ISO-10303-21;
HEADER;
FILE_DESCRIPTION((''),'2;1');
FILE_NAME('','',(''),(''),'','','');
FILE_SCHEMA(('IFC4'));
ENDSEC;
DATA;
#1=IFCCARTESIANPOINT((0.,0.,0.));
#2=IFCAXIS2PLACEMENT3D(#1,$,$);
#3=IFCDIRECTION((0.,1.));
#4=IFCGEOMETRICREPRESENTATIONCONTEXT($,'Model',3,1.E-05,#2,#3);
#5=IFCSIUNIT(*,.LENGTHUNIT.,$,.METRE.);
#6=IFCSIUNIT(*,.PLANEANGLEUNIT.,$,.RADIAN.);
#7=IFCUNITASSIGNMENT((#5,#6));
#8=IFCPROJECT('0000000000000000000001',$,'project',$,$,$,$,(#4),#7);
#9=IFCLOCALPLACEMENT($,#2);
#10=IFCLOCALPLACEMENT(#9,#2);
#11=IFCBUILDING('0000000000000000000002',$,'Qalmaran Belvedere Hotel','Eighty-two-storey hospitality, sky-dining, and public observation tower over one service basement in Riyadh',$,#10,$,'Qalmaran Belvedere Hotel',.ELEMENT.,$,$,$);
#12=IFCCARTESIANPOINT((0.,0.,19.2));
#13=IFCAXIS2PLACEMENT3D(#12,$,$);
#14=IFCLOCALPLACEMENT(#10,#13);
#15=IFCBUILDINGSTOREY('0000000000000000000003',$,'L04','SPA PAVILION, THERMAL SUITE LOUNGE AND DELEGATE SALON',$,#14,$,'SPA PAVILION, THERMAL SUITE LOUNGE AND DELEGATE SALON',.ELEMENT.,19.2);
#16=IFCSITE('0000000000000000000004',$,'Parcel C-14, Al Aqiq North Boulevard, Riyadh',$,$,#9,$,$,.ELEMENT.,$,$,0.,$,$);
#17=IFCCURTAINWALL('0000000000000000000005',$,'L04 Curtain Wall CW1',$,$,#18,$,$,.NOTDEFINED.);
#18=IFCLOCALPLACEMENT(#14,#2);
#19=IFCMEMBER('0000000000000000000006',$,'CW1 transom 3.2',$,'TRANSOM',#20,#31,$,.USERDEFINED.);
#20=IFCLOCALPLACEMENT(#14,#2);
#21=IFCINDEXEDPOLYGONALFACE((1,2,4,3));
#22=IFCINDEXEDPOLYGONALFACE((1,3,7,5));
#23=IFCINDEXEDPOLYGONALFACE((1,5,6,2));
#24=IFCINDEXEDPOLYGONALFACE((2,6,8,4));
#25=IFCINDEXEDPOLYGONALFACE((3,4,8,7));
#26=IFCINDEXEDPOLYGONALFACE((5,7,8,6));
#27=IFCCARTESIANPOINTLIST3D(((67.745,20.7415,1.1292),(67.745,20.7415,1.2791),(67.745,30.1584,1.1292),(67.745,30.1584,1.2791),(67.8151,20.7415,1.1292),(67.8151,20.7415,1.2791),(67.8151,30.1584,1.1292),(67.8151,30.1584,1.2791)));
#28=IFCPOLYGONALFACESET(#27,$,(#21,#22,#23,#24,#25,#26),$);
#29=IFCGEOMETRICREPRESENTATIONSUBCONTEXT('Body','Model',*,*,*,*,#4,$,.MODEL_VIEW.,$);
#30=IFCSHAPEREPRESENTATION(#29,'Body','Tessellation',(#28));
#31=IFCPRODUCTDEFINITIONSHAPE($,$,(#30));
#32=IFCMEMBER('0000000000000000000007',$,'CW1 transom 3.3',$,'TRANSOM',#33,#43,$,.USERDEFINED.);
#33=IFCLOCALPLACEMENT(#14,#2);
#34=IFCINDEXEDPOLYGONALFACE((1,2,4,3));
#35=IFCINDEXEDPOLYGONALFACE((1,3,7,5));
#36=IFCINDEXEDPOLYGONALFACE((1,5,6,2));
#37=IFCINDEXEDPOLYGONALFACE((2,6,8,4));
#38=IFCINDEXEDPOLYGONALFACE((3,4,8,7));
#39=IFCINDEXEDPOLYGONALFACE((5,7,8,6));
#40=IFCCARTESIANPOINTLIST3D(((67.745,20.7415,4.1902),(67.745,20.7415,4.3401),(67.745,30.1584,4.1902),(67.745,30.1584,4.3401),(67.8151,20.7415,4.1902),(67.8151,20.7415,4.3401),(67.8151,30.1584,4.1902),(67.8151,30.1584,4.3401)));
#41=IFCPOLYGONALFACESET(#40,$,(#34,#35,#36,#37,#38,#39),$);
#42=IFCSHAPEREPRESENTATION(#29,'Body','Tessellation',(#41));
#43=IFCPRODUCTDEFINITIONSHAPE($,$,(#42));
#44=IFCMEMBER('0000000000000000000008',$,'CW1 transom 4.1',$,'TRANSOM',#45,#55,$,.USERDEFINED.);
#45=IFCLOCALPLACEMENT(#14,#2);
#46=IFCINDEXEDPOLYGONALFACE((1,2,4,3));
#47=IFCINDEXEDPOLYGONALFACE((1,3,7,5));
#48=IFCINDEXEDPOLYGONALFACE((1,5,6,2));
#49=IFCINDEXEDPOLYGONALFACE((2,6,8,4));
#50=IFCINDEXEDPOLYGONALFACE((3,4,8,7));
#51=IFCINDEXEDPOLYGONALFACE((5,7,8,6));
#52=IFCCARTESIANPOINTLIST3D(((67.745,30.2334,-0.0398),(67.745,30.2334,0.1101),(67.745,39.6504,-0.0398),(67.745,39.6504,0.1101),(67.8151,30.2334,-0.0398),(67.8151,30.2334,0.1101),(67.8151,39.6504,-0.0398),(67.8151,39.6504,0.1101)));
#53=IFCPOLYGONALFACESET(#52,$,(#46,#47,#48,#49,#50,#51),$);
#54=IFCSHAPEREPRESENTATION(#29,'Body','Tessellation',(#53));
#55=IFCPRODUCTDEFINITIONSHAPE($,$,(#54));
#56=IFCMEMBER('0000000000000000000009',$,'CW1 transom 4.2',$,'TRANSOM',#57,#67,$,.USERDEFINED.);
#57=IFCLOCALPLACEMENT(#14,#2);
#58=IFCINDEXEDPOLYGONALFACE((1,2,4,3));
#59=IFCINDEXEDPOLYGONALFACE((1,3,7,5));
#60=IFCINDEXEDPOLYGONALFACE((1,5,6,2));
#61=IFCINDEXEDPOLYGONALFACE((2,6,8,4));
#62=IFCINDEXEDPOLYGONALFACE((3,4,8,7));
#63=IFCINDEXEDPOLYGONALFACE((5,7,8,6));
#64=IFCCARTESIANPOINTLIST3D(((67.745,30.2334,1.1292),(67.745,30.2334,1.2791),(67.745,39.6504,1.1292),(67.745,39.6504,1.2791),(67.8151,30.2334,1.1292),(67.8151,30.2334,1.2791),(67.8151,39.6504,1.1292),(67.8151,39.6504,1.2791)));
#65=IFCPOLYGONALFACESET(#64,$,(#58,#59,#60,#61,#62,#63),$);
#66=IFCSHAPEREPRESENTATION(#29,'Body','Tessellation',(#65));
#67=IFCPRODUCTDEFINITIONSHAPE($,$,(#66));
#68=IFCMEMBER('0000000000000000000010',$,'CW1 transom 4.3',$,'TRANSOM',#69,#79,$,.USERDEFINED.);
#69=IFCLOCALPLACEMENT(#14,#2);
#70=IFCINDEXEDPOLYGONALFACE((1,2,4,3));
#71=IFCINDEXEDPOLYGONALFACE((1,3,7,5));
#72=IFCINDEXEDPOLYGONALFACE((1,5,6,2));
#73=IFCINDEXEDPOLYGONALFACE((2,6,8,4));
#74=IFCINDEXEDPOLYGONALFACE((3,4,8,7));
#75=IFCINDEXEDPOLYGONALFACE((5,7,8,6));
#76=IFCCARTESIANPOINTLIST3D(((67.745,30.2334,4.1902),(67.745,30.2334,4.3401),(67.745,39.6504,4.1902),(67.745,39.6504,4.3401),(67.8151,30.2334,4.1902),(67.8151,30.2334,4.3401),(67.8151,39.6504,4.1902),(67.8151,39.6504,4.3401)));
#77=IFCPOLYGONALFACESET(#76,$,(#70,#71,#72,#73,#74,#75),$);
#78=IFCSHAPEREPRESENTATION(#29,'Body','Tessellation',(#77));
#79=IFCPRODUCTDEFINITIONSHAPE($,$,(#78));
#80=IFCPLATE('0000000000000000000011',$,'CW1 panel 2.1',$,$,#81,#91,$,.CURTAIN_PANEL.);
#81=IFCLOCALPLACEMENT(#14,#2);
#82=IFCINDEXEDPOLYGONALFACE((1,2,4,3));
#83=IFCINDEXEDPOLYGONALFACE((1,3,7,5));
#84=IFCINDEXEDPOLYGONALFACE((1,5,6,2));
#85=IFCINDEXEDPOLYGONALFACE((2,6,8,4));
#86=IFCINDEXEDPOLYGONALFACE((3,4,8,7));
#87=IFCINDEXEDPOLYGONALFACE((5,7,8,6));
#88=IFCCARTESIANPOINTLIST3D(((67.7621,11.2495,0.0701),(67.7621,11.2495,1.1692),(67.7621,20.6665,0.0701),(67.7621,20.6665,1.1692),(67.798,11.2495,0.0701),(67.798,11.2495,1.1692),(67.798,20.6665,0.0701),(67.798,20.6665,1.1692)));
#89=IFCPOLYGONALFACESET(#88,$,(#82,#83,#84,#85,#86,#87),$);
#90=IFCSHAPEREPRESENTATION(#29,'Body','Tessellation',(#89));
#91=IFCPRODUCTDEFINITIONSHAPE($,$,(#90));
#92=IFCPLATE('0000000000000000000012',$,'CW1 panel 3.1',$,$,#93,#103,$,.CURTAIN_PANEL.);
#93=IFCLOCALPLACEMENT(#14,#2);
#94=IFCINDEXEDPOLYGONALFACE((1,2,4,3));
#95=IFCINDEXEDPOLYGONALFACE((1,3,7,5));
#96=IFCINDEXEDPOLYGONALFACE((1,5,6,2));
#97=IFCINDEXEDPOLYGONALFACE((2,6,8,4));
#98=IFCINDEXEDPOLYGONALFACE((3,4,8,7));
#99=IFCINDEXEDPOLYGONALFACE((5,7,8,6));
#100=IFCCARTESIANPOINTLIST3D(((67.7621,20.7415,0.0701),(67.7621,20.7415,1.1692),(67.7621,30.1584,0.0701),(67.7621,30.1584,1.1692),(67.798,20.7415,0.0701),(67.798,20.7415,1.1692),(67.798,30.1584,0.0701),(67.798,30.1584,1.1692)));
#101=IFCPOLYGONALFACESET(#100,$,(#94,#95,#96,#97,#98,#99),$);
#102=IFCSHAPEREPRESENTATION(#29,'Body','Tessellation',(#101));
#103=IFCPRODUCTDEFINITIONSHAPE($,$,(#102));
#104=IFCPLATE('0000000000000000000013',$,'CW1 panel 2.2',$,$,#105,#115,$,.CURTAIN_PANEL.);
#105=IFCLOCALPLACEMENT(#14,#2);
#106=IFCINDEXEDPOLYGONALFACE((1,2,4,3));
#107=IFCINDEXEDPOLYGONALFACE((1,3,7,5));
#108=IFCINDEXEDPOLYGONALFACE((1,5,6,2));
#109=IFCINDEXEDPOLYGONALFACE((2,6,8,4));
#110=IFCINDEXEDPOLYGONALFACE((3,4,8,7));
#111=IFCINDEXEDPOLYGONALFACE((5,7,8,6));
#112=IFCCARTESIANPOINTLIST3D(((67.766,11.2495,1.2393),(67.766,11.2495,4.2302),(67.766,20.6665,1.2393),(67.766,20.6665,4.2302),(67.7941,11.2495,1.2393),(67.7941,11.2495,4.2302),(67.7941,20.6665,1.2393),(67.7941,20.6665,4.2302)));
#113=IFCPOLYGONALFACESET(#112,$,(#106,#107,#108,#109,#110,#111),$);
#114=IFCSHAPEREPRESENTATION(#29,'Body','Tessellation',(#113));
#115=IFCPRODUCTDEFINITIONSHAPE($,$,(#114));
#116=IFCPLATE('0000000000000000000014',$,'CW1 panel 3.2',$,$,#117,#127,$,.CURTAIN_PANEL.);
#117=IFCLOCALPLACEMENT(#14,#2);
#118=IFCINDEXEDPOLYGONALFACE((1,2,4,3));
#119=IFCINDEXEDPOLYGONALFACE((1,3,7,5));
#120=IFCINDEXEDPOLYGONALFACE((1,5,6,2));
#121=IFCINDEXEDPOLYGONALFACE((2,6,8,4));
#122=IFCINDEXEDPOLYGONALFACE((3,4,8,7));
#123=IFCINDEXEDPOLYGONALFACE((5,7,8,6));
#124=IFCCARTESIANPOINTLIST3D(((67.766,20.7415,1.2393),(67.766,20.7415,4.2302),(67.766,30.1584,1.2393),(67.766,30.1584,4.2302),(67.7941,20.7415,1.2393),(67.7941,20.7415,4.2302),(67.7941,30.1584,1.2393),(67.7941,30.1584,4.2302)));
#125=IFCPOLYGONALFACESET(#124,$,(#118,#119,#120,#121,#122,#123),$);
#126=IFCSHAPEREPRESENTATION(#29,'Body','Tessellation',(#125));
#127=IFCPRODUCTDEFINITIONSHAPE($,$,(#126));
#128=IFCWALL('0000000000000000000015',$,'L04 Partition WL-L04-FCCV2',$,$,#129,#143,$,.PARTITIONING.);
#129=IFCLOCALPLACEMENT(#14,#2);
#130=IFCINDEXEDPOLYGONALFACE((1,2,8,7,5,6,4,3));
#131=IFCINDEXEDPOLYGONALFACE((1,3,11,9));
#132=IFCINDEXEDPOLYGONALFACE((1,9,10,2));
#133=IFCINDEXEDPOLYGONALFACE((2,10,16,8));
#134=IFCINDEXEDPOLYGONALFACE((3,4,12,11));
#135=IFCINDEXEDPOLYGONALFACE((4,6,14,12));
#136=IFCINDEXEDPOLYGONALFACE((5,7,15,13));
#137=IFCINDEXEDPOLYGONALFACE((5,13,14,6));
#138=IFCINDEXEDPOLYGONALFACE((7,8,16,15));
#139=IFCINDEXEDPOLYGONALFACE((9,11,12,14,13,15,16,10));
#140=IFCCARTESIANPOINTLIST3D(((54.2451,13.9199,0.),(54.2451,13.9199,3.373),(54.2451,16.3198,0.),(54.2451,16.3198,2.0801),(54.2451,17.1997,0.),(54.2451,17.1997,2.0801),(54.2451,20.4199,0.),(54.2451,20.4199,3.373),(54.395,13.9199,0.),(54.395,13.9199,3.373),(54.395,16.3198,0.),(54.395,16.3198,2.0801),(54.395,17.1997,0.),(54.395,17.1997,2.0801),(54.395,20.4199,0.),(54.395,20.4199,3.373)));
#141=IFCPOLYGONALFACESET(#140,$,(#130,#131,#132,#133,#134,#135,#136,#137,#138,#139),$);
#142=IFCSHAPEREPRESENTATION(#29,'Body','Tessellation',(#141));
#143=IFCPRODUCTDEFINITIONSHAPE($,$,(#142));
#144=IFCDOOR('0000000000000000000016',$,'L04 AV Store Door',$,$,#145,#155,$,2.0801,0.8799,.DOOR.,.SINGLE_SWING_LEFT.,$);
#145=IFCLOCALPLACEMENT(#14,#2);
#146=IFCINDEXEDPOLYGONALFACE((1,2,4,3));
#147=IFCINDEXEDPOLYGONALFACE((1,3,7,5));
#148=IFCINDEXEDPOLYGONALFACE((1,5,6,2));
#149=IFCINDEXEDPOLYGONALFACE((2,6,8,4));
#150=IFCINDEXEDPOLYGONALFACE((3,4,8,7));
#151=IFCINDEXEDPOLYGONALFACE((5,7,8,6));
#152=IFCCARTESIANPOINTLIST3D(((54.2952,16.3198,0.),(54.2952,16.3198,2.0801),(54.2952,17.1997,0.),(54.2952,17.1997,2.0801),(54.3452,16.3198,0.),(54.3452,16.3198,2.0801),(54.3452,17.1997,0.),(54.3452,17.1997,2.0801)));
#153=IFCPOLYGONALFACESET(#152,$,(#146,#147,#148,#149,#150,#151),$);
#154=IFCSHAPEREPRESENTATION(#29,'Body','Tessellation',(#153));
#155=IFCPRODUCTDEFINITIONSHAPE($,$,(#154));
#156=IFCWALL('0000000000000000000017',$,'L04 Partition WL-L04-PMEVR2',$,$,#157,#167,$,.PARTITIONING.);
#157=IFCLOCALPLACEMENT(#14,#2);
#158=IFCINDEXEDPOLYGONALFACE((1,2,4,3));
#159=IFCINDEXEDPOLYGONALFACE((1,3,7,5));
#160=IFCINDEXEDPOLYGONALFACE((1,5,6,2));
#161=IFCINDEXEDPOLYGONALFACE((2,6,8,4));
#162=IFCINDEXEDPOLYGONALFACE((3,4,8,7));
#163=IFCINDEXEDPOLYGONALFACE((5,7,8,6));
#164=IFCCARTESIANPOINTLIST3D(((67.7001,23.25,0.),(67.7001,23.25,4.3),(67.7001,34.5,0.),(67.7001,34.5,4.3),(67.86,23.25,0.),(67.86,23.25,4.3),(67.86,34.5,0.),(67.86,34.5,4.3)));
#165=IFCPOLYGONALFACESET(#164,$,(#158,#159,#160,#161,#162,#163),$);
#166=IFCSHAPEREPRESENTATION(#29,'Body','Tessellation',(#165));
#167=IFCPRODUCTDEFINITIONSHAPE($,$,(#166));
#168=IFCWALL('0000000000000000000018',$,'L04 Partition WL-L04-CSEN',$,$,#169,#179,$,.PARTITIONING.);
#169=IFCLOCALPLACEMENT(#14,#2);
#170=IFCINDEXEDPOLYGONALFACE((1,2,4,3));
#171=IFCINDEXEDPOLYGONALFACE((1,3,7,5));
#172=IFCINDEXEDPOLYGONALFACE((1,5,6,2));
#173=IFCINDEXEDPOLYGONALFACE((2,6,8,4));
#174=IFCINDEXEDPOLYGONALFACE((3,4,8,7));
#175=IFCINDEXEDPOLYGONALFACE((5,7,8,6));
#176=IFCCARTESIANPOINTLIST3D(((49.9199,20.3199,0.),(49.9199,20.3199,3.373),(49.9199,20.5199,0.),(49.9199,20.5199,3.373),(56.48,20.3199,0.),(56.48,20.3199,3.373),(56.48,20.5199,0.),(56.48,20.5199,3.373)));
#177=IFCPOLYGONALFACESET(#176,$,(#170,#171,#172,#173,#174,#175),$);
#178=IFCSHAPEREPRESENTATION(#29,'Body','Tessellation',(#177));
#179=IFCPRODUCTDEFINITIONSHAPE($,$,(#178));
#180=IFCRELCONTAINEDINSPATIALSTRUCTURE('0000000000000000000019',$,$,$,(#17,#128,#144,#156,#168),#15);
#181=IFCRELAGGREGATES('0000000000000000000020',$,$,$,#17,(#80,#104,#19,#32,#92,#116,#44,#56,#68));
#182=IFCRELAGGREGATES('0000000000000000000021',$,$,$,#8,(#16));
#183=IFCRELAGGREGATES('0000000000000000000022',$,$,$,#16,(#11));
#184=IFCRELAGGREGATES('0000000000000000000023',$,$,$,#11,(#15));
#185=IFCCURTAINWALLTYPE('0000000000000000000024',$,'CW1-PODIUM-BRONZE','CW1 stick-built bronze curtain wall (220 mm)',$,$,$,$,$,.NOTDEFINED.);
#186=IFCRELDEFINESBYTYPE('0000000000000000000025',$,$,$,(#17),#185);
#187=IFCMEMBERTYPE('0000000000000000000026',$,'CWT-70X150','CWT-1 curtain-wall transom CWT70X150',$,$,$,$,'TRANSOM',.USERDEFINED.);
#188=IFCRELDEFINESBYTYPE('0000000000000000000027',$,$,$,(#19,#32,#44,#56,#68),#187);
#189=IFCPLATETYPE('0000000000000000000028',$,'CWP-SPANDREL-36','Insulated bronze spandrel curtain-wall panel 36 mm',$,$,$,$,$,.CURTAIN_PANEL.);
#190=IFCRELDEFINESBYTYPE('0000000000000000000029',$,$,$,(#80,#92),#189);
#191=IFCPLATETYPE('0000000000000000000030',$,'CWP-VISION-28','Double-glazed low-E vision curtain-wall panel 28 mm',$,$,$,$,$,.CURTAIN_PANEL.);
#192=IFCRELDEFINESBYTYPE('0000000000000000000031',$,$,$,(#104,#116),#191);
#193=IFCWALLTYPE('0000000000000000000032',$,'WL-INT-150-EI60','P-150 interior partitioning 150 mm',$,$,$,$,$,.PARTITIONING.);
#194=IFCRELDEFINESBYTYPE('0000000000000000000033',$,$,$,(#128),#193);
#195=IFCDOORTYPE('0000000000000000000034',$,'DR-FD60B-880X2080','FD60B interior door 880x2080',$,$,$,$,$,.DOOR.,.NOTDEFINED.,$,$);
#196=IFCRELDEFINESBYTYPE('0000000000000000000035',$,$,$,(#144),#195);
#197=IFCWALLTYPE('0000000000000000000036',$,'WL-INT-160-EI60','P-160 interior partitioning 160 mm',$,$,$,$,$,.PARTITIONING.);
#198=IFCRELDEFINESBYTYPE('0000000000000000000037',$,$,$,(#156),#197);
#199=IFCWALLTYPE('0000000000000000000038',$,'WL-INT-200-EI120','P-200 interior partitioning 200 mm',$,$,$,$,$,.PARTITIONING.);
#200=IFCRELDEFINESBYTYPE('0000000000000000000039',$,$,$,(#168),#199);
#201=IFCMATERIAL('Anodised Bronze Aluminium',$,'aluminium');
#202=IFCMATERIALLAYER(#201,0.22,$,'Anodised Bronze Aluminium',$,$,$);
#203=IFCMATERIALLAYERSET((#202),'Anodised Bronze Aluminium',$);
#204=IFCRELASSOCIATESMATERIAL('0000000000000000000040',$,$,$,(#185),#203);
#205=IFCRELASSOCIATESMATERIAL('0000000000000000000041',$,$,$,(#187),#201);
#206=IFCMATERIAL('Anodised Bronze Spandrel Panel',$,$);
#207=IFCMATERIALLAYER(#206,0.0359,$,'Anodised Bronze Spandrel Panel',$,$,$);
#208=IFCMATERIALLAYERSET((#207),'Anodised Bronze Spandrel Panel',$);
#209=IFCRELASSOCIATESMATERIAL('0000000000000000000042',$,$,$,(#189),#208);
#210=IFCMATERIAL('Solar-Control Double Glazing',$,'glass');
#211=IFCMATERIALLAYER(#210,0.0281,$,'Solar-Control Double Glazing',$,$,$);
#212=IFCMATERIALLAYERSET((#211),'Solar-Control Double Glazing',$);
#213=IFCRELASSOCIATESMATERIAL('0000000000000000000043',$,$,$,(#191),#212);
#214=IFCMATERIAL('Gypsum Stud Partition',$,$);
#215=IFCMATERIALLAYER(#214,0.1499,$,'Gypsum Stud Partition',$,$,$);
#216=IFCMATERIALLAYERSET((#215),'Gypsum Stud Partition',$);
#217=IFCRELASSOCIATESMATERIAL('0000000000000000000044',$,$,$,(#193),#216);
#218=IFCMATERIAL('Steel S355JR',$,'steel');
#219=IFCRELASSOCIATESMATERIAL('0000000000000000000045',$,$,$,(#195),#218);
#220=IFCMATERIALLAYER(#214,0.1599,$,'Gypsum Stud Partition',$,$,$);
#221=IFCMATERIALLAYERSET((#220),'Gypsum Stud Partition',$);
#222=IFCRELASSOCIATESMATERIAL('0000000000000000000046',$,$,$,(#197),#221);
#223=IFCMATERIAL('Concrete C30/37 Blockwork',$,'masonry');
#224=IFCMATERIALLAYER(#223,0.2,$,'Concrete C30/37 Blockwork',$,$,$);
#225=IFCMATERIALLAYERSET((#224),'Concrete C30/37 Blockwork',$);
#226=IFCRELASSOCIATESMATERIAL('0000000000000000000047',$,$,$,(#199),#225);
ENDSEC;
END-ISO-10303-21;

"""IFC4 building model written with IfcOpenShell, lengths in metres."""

from ifc_helpers import new_model, si_unit, direction, frame, frame_2d, origin, origin_2d, place, context, subcontext, project, spatial, rectangle, extrude, material, layer, layer_set, material_profile, profile_set, type_object, element, fill, aggregate, save


model = new_model("IFC4")

# Units and contexts
model_context = context("Model", 3, precision=1e-05, world=origin(), true_north=direction((0.0, 1.0)))
body_context = subcontext(model_context, "Body", "Model", "MODEL_VIEW")
ifc_project = project(units=[si_unit("LENGTHUNIT", "METRE"), si_unit("PLANEANGLEUNIT", "RADIAN")], contexts=[model_context])

# Site, building, storey
site_placement = place(None, origin())
site = spatial("IfcSite", under=ifc_project, at=site_placement, Name="Parcel C-14, Al Aqiq North Boulevard, Riyadh", CompositionType="ELEMENT", RefElevation=0.0)
building_placement = place(site_placement, origin())
building = spatial("IfcBuilding", under=site, at=building_placement, Name="Qalmaran Belvedere Hotel", Description="Eighty-two-storey hospitality, sky-dining, and public observation tower over one service basement in Riyadh", LongName="Qalmaran Belvedere Hotel", CompositionType="ELEMENT")
storey_placement = place(building_placement, frame((0.0, 0.0, 19.2)))
storey = spatial("IfcBuildingStorey", under=building, at=storey_placement, Name="L04", Description="SPA PAVILION, THERMAL SUITE LOUNGE AND DELEGATE SALON", LongName="SPA PAVILION, THERMAL SUITE LOUNGE AND DELEGATE SALON", CompositionType="ELEMENT", Elevation=19.2)

# Shared definitions
ifc_material_1 = material(Name="Steel S355JR", Category="steel")

# Curtain wall, members, plates
ifc_material_2 = material(Name="Anodised Bronze Aluminium", Category="aluminium")
ifc_layer_1 = layer(ifc_material_2, 0.22, Name="Anodised Bronze Aluminium")
ifc_layer_set_1 = layer_set([ifc_layer_1], Name="Anodised Bronze Aluminium")
curtain_wall_type = type_object("IfcCurtainWallType", Name="CW1-PODIUM-BRONZE", Description="CW1 stick-built bronze curtain wall (220 mm)", PredefinedType="NOTDEFINED", material=ifc_layer_set_1)
curtain_wall_placement = place(storey_placement, origin())
curtain_wall = element("IfcCurtainWall", 1, at=curtain_wall_placement, inside=storey, type_object=curtain_wall_type, Name="L04 Curtain Wall CW1", PredefinedType="NOTDEFINED")
ifc_material_profile_1 = material_profile(ifc_material_2, rectangle(XDim=0.0701, YDim=0.1499, at=origin_2d()), Name="CWT70X150")
ifc_profile_set_1 = profile_set([ifc_material_profile_1], Name="Anodised Bronze Aluminium")
member_type_1 = type_object("IfcMemberType", Name="CWT-70X150", Description="CWT-1 curtain-wall transom CWT70X150", ElementType="TRANSOM", PredefinedType="USERDEFINED", material=ifc_profile_set_1)
member_1_placement = place(storey_placement, frame((67.78, 20.7415, 1.2041), z_axis=(0.0, 1.0, 0.0), x_axis=(-1.0, 0.0, 0.0)))
member_1 = element("IfcMember", 2, at=member_1_placement, type_object=member_type_1, Name="CW1 transom 3.2", ObjectType="TRANSOM", PredefinedType="USERDEFINED", context=body_context, shape_type="SweptSolid", body=[
    extrude(rectangle(XDim=0.0701, YDim=0.1499, at=origin_2d()), origin(), (0.0, 0.0, 1.0), 9.417),
])
member_2_placement = place(storey_placement, frame((67.78, 20.7415, 4.2651), z_axis=(0.0, 1.0, 0.0), x_axis=(-1.0, 0.0, 0.0)))
member_2 = element("IfcMember", 3, at=member_2_placement, type_object=member_type_1, Name="CW1 transom 3.3", ObjectType="TRANSOM", PredefinedType="USERDEFINED", context=body_context, shape_type="SweptSolid", body=[
    extrude(rectangle(XDim=0.0701, YDim=0.1499, at=origin_2d()), origin(), (0.0, 0.0, 1.0), 9.417),
])
member_3_placement = place(storey_placement, frame((67.78, 30.2334, 0.0352), z_axis=(0.0, 1.0, 0.0), x_axis=(-1.0, 0.0, 0.0)))
member_3 = element("IfcMember", 4, at=member_3_placement, type_object=member_type_1, Name="CW1 transom 4.1", ObjectType="TRANSOM", PredefinedType="USERDEFINED", context=body_context, shape_type="SweptSolid", body=[
    extrude(rectangle(XDim=0.0701, YDim=0.1499, at=origin_2d()), origin(), (0.0, 0.0, 1.0), 9.417),
])
member_4_placement = place(storey_placement, frame((67.78, 30.2334, 1.2041), z_axis=(0.0, 1.0, 0.0), x_axis=(-1.0, 0.0, 0.0)))
member_4 = element("IfcMember", 5, at=member_4_placement, type_object=member_type_1, Name="CW1 transom 4.2", ObjectType="TRANSOM", PredefinedType="USERDEFINED", context=body_context, shape_type="SweptSolid", body=[
    extrude(rectangle(XDim=0.0701, YDim=0.1499, at=origin_2d()), origin(), (0.0, 0.0, 1.0), 9.417),
])
member_5_placement = place(storey_placement, frame((67.78, 30.2334, 4.2651), z_axis=(0.0, 1.0, 0.0), x_axis=(-1.0, 0.0, 0.0)))
member_5 = element("IfcMember", 6, at=member_5_placement, type_object=member_type_1, Name="CW1 transom 4.3", ObjectType="TRANSOM", PredefinedType="USERDEFINED", context=body_context, shape_type="SweptSolid", body=[
    extrude(rectangle(XDim=0.0701, YDim=0.1499, at=origin_2d()), origin(), (0.0, 0.0, 1.0), 9.417),
])
ifc_material_3 = material(Name="Anodised Bronze Spandrel Panel")
ifc_layer_2 = layer(ifc_material_3, 0.0359, Name="Anodised Bronze Spandrel Panel")
ifc_layer_set_2 = layer_set([ifc_layer_2], Name="Anodised Bronze Spandrel Panel")
plate_type_1 = type_object("IfcPlateType", Name="CWP-SPANDREL-36", Description="Insulated bronze spandrel curtain-wall panel 36 mm", PredefinedType="CURTAIN_PANEL", material=ifc_layer_set_2)
plate_1_placement = place(storey_placement, frame((67.78, 15.958, 0.0701), z_axis=(0.0, 0.0, 1.0), x_axis=(0.0, 1.0, 0.0)))
plate_1 = element("IfcPlate", 7, at=plate_1_placement, type_object=plate_type_1, Name="CW1 panel 2.1", PredefinedType="CURTAIN_PANEL", context=body_context, shape_type="SweptSolid", body=[
    extrude(rectangle(XDim=9.417, YDim=0.0359, at=origin_2d()), origin(), (0.0, 0.0, 1.0), 1.0991),
])
plate_2_placement = place(storey_placement, frame((67.78, 25.45, 0.0701), z_axis=(0.0, 0.0, 1.0), x_axis=(0.0, 1.0, 0.0)))
plate_2 = element("IfcPlate", 8, at=plate_2_placement, type_object=plate_type_1, Name="CW1 panel 3.1", PredefinedType="CURTAIN_PANEL", context=body_context, shape_type="SweptSolid", body=[
    extrude(rectangle(XDim=9.417, YDim=0.0359, at=origin_2d()), origin(), (0.0, 0.0, 1.0), 1.0991),
])
ifc_material_4 = material(Name="Solar-Control Double Glazing", Category="glass")
ifc_layer_3 = layer(ifc_material_4, 0.0281, Name="Solar-Control Double Glazing")
ifc_layer_set_3 = layer_set([ifc_layer_3], Name="Solar-Control Double Glazing")
plate_type_2 = type_object("IfcPlateType", Name="CWP-VISION-28", Description="Double-glazed low-E vision curtain-wall panel 28 mm", PredefinedType="CURTAIN_PANEL", material=ifc_layer_set_3)
plate_3_placement = place(storey_placement, frame((67.78, 15.958, 1.2393), z_axis=(0.0, 0.0, 1.0), x_axis=(0.0, 1.0, 0.0)))
plate_3 = element("IfcPlate", 9, at=plate_3_placement, type_object=plate_type_2, Name="CW1 panel 2.2", PredefinedType="CURTAIN_PANEL", context=body_context, shape_type="SweptSolid", body=[
    extrude(rectangle(XDim=9.417, YDim=0.0281, at=origin_2d()), origin(), (0.0, 0.0, 1.0), 2.991),
])
plate_4_placement = place(storey_placement, frame((67.78, 25.45, 1.2393), z_axis=(0.0, 0.0, 1.0), x_axis=(0.0, 1.0, 0.0)))
plate_4 = element("IfcPlate", 10, at=plate_4_placement, type_object=plate_type_2, Name="CW1 panel 3.2", PredefinedType="CURTAIN_PANEL", context=body_context, shape_type="SweptSolid", body=[
    extrude(rectangle(XDim=9.417, YDim=0.0281, at=origin_2d()), origin(), (0.0, 0.0, 1.0), 2.991),
])
aggregate(curtain_wall, [plate_1, plate_3, member_1, member_2, plate_2, plate_4, member_3, member_4, member_5])

# Wall, opening, door
ifc_material_5 = material(Name="Gypsum Stud Partition")
ifc_layer_4 = layer(ifc_material_5, 0.1499, Name="Gypsum Stud Partition")
ifc_layer_set_4 = layer_set([ifc_layer_4], Name="Gypsum Stud Partition")
wall_type_1 = type_object("IfcWallType", Name="WL-INT-150-EI60", Description="P-150 interior partitioning 150 mm", PredefinedType="PARTITIONING", material=ifc_layer_set_4)
wall_1_placement = place(storey_placement, frame((54.3201, 13.9199, 0.0), z_axis=(0.0, 0.0, 1.0), x_axis=(0.0, 1.0, 0.0)))
wall_1 = element("IfcWall", 11, at=wall_1_placement, inside=storey, type_object=wall_type_1, Name="L04 Partition WL-L04-FCCV2", PredefinedType="PARTITIONING", context=body_context, shape_type="SweptSolid", body=[
    extrude(rectangle(XDim=6.5, YDim=0.1499, at=frame_2d((3.25, 0.0))), origin(), (0.0, 0.0, 1.0), 3.373),
])
opening_placement = place(wall_1_placement, frame((2.3999, 0.0, 0.0)))
opening = element("IfcOpeningElement", 12, at=opening_placement, cuts=wall_1, PredefinedType="OPENING", context=body_context, shape_type="SweptSolid", body=[
    extrude(rectangle(XDim=0.8799, YDim=2.0801, at=frame_2d((0.4399, 1.04))), frame((0.0, 0.085, 0.0), z_axis=(0.0, -1.0, 0.0), x_axis=(1.0, 0.0, 0.0)), (0.0, 0.0, 1.0), 0.1699),
])
door_type = type_object("IfcDoorType", Name="DR-FD60B-880X2080", Description="FD60B interior door 880x2080", OperationType="NOTDEFINED", PredefinedType="DOOR", material=ifc_material_1)
door_placement = place(opening_placement, origin())
door = element("IfcDoor", 13, at=door_placement, inside=storey, type_object=door_type, Name="L04 AV Store Door", OperationType="SINGLE_SWING_LEFT", OverallHeight=2.0801, OverallWidth=0.8799, PredefinedType="DOOR", context=body_context, shape_type="SweptSolid", body=[
    extrude(rectangle(XDim=0.8799, YDim=2.0801, at=frame_2d((0.4399, 1.04))), frame((0.0, 0.0249, 0.0), z_axis=(0.0, -1.0, 0.0), x_axis=(1.0, 0.0, 0.0)), (0.0, 0.0, 1.0), 0.05),
])
fill(opening, door)

# Walls
ifc_layer_5 = layer(ifc_material_5, 0.1599, Name="Gypsum Stud Partition")
ifc_layer_set_5 = layer_set([ifc_layer_5], Name="Gypsum Stud Partition")
wall_type_2 = type_object("IfcWallType", Name="WL-INT-160-EI60", Description="P-160 interior partitioning 160 mm", PredefinedType="PARTITIONING", material=ifc_layer_set_5)
wall_2_placement = place(storey_placement, frame((67.78, 23.25, 0.0), z_axis=(0.0, 0.0, 1.0), x_axis=(0.0, 1.0, 0.0)))
element("IfcWall", 14, at=wall_2_placement, inside=storey, type_object=wall_type_2, Name="L04 Partition WL-L04-PMEVR2", PredefinedType="PARTITIONING", context=body_context, shape_type="SweptSolid", body=[
    extrude(rectangle(XDim=11.25, YDim=0.1599, at=frame_2d((5.625, 0.0))), origin(), (0.0, 0.0, 1.0), 4.3),
])
ifc_material_6 = material(Name="Concrete C30/37 Blockwork", Category="masonry")
ifc_layer_6 = layer(ifc_material_6, 0.2, Name="Concrete C30/37 Blockwork")
ifc_layer_set_6 = layer_set([ifc_layer_6], Name="Concrete C30/37 Blockwork")
wall_type_3 = type_object("IfcWallType", Name="WL-INT-200-EI120", Description="P-200 interior partitioning 200 mm", PredefinedType="PARTITIONING", material=ifc_layer_set_6)
wall_3_placement = place(storey_placement, frame((49.9199, 20.4199, 0.0), z_axis=(0.0, 0.0, 1.0), x_axis=(1.0, 0.0, 0.0)))
element("IfcWall", 15, at=wall_3_placement, inside=storey, type_object=wall_type_3, Name="L04 Partition WL-L04-CSEN", PredefinedType="PARTITIONING", context=body_context, shape_type="SweptSolid", body=[
    extrude(rectangle(XDim=6.5601, YDim=0.2, at=frame_2d((3.28, 0.0))), origin(), (0.0, 0.0, 1.0), 3.373),
])

save(model, "model.ifc")
